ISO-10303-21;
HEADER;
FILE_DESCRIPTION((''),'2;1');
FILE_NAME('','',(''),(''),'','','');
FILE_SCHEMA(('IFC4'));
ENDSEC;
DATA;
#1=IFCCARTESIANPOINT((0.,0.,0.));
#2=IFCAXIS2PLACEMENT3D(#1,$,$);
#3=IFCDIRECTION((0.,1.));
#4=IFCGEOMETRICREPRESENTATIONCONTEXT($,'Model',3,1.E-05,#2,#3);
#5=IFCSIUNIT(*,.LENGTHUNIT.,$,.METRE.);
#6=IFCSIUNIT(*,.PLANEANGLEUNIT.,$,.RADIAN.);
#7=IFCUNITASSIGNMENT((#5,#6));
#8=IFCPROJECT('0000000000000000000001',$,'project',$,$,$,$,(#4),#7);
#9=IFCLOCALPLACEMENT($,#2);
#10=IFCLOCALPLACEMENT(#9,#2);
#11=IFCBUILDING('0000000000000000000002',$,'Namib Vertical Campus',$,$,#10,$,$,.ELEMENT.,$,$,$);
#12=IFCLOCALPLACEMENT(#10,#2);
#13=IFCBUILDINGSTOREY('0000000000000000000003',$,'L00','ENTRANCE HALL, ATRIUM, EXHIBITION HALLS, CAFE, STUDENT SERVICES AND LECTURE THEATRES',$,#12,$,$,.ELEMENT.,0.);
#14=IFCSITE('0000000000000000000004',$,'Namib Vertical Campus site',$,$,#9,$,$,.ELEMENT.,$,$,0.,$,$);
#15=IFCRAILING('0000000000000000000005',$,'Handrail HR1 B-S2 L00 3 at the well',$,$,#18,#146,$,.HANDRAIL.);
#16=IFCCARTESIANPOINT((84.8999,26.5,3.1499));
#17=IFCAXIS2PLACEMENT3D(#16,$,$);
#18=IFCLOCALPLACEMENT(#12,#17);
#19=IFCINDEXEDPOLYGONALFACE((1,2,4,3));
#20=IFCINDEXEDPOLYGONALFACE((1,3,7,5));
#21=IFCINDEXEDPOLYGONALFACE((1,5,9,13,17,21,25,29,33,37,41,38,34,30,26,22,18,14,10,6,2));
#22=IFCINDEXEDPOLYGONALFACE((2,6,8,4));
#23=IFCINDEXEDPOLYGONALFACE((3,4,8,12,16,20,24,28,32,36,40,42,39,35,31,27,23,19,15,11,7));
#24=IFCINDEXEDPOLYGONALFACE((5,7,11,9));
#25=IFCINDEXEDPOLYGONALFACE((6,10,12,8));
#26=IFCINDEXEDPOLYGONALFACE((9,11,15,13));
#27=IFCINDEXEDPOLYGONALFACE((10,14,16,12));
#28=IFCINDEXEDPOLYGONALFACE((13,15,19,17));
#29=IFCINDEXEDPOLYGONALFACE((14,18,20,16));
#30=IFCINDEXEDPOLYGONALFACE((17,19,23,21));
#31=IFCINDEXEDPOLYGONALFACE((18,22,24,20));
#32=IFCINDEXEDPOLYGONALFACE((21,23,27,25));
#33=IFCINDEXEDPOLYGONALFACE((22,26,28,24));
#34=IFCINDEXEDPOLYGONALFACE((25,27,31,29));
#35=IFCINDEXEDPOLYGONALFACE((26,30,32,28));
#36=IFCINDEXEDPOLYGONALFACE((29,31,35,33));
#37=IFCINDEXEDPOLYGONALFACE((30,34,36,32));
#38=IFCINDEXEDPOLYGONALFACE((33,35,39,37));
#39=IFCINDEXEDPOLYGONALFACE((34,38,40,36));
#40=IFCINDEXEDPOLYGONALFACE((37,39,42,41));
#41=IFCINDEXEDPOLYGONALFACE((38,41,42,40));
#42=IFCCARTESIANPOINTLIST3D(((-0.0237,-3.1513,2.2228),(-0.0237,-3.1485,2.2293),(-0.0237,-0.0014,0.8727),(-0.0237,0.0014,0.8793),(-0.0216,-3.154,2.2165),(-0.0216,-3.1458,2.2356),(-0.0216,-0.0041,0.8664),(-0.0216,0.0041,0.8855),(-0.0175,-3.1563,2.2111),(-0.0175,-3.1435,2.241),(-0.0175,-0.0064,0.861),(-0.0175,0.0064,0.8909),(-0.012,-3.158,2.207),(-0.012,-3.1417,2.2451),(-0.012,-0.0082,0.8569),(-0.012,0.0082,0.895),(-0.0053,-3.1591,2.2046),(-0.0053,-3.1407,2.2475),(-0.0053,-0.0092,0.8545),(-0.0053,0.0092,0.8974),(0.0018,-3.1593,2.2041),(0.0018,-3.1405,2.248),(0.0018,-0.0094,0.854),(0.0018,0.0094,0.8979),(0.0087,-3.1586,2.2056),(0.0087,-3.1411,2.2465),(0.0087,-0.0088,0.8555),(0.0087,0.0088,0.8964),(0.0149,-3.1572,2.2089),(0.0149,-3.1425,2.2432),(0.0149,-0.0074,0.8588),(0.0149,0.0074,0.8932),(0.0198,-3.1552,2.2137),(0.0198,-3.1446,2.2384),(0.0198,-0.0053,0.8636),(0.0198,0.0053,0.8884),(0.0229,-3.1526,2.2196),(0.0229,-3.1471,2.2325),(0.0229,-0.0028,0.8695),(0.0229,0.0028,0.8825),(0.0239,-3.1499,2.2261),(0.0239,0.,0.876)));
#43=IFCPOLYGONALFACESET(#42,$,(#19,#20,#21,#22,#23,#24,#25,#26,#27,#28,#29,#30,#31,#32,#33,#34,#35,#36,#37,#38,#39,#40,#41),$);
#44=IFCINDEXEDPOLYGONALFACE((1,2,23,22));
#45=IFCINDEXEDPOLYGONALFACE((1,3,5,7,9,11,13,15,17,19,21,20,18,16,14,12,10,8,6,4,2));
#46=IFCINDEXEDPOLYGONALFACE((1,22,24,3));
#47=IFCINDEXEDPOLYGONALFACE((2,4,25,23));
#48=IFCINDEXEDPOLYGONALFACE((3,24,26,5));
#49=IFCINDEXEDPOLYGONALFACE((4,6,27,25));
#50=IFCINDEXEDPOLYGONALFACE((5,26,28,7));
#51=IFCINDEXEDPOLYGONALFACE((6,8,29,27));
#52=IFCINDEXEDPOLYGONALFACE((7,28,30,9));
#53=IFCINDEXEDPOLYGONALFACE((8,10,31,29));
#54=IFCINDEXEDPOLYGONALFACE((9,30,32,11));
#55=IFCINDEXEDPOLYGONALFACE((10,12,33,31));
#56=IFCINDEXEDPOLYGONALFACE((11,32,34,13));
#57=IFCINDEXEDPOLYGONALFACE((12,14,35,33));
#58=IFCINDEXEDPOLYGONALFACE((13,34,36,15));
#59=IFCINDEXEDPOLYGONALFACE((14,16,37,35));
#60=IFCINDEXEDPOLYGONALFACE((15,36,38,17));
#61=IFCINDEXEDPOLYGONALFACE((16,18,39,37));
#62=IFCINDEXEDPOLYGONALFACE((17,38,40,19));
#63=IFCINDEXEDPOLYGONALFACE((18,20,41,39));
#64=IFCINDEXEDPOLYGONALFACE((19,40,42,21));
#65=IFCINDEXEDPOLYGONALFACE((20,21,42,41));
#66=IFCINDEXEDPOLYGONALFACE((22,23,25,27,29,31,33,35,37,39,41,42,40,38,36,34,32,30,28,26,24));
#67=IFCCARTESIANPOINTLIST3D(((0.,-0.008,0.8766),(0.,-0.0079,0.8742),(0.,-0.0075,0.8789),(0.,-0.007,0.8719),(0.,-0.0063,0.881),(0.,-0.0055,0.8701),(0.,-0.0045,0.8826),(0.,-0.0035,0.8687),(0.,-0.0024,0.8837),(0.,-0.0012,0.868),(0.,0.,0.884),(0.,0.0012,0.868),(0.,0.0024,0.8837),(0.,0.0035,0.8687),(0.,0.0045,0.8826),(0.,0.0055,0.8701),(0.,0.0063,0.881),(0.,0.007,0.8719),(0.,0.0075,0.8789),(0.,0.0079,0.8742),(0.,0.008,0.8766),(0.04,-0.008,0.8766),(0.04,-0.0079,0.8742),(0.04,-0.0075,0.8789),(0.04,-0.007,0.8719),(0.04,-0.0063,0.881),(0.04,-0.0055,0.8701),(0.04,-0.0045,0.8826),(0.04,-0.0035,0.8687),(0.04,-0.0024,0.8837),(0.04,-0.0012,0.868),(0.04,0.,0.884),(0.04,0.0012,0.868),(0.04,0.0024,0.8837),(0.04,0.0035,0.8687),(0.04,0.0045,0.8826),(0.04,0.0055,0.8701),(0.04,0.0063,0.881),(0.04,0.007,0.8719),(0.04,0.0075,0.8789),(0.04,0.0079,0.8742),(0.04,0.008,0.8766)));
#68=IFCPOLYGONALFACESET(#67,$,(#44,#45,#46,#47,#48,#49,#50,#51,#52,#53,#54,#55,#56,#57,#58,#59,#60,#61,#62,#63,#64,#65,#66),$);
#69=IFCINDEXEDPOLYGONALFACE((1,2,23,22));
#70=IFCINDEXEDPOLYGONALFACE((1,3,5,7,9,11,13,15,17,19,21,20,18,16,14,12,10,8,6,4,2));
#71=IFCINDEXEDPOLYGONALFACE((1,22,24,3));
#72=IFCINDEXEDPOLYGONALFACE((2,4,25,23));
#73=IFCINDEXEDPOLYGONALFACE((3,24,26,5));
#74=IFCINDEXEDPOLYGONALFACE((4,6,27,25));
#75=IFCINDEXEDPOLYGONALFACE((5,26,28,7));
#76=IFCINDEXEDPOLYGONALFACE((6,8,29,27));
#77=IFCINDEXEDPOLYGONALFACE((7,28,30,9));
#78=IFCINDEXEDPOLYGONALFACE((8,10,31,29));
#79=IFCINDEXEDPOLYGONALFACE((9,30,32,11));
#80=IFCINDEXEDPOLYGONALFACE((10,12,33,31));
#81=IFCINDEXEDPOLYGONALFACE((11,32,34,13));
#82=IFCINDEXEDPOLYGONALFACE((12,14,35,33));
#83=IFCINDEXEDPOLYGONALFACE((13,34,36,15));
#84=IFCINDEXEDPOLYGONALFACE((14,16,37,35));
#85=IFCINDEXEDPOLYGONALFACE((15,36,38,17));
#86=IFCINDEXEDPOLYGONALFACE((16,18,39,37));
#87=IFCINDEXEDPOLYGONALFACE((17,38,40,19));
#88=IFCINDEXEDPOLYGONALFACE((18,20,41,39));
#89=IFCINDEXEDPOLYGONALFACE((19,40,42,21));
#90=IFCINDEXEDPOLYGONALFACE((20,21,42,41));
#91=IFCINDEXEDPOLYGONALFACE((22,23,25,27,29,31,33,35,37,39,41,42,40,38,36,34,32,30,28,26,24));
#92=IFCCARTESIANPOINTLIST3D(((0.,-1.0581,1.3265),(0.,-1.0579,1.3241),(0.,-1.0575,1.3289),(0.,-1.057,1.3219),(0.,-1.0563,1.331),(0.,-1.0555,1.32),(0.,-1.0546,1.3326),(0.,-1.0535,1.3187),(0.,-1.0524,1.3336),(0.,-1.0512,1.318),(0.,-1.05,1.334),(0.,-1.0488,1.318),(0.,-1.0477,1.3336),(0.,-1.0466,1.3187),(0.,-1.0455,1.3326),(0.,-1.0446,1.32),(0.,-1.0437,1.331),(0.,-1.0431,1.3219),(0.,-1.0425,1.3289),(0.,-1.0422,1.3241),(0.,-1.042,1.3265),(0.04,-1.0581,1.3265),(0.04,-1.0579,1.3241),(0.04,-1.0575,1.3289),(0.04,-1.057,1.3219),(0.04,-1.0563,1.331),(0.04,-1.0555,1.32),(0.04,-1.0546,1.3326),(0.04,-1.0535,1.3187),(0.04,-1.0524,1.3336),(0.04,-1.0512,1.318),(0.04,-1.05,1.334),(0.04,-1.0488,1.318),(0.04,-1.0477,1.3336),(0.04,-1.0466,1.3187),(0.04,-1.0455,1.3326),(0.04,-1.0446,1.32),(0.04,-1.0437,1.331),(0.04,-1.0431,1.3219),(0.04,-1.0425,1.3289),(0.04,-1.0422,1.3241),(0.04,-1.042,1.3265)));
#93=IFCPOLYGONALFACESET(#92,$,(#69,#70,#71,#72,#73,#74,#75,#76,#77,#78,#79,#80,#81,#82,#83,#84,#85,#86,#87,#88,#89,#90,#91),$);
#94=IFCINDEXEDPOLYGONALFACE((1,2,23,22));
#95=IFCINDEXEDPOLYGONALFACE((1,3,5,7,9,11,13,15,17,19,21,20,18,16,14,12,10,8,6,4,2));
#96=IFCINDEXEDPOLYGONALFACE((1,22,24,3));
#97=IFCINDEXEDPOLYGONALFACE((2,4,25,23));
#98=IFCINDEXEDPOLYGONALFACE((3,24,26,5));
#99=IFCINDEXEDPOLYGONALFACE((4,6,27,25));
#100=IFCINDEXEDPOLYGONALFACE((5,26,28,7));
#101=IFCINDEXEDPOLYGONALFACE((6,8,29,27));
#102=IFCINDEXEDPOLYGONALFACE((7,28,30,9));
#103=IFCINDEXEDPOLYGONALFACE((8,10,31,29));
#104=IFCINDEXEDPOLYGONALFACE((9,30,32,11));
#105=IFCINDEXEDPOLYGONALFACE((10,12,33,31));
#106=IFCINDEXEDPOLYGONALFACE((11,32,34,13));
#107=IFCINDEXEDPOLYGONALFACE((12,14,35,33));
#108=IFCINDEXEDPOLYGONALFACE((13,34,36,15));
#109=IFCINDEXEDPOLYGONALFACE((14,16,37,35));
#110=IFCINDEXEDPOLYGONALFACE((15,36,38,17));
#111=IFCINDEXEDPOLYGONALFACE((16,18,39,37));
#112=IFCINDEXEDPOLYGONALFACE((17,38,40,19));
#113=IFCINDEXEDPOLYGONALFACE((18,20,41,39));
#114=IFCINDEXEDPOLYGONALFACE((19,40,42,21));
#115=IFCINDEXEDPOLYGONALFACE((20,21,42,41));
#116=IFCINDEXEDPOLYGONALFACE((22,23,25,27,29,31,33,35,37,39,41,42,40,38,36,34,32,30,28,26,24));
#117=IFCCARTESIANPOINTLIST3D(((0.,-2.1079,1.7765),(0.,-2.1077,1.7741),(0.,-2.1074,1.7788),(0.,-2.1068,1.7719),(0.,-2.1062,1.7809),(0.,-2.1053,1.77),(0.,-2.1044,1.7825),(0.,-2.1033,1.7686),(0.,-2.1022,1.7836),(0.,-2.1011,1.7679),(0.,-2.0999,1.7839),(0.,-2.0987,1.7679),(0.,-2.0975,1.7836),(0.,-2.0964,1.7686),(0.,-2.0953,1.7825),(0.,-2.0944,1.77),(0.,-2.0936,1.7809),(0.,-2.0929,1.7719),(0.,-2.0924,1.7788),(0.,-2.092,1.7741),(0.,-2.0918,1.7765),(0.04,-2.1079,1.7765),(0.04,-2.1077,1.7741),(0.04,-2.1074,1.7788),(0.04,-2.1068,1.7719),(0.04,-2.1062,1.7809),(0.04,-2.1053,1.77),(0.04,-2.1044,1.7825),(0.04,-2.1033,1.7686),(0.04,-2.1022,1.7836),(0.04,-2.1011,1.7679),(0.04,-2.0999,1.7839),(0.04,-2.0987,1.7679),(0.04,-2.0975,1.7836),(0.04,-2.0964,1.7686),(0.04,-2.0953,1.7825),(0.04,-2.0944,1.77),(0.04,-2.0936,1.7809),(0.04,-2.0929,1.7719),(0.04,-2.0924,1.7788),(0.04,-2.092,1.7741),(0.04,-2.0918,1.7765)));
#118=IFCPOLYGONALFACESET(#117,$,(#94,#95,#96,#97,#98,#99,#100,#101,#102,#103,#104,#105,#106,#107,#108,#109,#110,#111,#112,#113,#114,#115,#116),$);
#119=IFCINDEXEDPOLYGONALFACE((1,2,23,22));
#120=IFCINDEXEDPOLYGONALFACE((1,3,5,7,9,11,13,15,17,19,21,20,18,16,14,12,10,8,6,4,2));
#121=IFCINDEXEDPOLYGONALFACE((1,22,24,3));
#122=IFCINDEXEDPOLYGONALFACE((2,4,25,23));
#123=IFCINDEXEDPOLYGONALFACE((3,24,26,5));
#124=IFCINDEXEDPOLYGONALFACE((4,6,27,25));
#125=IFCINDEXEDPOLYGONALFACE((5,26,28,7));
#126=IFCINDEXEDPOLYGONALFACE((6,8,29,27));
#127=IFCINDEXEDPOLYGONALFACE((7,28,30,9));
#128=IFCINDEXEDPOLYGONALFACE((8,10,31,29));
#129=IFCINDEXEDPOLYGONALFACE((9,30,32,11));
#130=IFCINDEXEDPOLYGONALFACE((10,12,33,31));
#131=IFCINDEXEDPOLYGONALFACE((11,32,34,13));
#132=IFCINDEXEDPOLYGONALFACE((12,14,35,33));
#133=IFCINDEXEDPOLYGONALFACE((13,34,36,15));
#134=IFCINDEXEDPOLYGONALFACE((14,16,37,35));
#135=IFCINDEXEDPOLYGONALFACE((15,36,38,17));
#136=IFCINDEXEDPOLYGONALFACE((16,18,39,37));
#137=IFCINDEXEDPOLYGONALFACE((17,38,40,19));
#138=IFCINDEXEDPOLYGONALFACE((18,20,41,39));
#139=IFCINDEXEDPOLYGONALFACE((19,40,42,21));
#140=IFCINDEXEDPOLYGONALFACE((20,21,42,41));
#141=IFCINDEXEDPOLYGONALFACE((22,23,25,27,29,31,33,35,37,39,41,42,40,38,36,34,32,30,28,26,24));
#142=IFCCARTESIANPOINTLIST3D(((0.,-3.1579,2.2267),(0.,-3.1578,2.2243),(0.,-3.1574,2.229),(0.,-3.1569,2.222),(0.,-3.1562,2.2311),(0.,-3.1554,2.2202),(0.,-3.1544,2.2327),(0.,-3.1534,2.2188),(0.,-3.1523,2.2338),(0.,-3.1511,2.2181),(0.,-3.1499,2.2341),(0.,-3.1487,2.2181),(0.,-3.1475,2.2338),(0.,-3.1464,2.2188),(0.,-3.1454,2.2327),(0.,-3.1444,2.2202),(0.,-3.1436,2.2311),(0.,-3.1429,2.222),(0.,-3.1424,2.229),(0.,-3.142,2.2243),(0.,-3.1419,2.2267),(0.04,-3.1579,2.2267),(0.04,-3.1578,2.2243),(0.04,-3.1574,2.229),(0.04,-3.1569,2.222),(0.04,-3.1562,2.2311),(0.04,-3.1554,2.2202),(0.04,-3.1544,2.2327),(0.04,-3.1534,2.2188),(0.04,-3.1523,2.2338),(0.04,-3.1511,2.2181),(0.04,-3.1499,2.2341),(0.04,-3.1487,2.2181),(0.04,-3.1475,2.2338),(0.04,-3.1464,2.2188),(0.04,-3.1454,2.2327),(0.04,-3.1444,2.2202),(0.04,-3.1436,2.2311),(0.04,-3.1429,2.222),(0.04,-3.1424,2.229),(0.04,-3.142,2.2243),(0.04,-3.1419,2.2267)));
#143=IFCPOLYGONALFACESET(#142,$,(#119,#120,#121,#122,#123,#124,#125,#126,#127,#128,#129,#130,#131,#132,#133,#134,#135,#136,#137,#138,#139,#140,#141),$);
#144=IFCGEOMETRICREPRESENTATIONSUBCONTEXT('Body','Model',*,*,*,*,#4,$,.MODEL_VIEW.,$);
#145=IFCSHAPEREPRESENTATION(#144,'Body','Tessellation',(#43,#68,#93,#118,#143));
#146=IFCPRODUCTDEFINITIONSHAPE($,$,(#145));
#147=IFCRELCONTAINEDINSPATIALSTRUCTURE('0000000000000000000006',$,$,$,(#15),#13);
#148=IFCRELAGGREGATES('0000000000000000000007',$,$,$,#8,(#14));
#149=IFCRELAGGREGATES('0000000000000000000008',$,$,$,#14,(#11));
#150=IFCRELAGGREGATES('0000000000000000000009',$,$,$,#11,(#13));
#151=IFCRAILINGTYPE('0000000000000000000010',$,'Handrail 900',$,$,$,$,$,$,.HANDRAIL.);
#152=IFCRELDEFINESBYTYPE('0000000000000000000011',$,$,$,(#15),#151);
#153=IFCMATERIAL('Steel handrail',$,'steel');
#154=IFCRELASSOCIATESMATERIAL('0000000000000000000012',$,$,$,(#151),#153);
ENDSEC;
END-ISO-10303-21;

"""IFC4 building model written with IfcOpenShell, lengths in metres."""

from ifc_helpers import new_model, si_unit, direction, frame, origin, origin_2d, place, context, subcontext, project, spatial, circle, extrude, material, type_object, element, save


model = new_model("IFC4")

# Units and contexts
model_context = context("Model", 3, precision=1e-05, world=origin(), true_north=direction((0.0, 1.0)))
body_context = subcontext(model_context, "Body", "Model", "MODEL_VIEW")
ifc_project = project(units=[si_unit("LENGTHUNIT", "METRE"), si_unit("PLANEANGLEUNIT", "RADIAN")], contexts=[model_context])

# Site, building, storey
site_placement = place(None, origin())
site = spatial("IfcSite", under=ifc_project, at=site_placement, Name="Namib Vertical Campus site", CompositionType="ELEMENT", RefElevation=0.0)
building_placement = place(site_placement, origin())
building = spatial("IfcBuilding", under=site, at=building_placement, Name="Namib Vertical Campus", CompositionType="ELEMENT")
storey_placement = place(building_placement, origin())
storey = spatial("IfcBuildingStorey", under=building, at=storey_placement, Name="L00", Description="ENTRANCE HALL, ATRIUM, EXHIBITION HALLS, CAFE, STUDENT SERVICES AND LECTURE THEATRES", CompositionType="ELEMENT", Elevation=0.0)

# Railing
ifc_material_1 = material(Name="Steel handrail", Category="steel")
railing_type_1 = type_object("IfcRailingType", Name="Handrail 900", PredefinedType="HANDRAIL", material=ifc_material_1)
for number, where, name in (
    (1, (84.8999, 26.5, 3.1499), "Handrail HR1 B-S2 L00 3 at the well"),
):
    element("IfcRailing", number, at=place(storey_placement, frame(where)), inside=storey, type_object=railing_type_1, Name=name, PredefinedType="HANDRAIL", context=body_context, shape_type="SweptSolid", body=[
        extrude(circle(Radius=0.0239, at=origin_2d()), frame((0.0, 0.0, 0.876), z_axis=(0.0, -0.91913, 0.393954), x_axis=(1.0, 0.0, 0.0)), (0.0, 0.0, 1.0), 3.427),
        extrude(circle(Radius=0.0081, at=origin_2d()), frame((0.0, 0.0, 0.876), z_axis=(1.0, 0.0, 0.0), x_axis=(0.0, 0.0, 1.0)), (0.0, 0.0, 1.0), 0.04),
        extrude(circle(Radius=0.0081, at=origin_2d()), frame((0.0, -1.05, 1.3259), z_axis=(1.0, 0.0, 0.0), x_axis=(0.0, 0.0, 1.0)), (0.0, 0.0, 1.0), 0.04),
        extrude(circle(Radius=0.0081, at=origin_2d()), frame((0.0, -2.0999, 1.7759), z_axis=(1.0, 0.0, 0.0), x_axis=(0.0, 0.0, 1.0)), (0.0, 0.0, 1.0), 0.04),
        extrude(circle(Radius=0.0081, at=origin_2d()), frame((0.0, -3.1499, 2.2261), z_axis=(1.0, 0.0, 0.0), x_axis=(0.0, 0.0, 1.0)), (0.0, 0.0, 1.0), 0.04),
    ])

save(model, "model.ifc")
